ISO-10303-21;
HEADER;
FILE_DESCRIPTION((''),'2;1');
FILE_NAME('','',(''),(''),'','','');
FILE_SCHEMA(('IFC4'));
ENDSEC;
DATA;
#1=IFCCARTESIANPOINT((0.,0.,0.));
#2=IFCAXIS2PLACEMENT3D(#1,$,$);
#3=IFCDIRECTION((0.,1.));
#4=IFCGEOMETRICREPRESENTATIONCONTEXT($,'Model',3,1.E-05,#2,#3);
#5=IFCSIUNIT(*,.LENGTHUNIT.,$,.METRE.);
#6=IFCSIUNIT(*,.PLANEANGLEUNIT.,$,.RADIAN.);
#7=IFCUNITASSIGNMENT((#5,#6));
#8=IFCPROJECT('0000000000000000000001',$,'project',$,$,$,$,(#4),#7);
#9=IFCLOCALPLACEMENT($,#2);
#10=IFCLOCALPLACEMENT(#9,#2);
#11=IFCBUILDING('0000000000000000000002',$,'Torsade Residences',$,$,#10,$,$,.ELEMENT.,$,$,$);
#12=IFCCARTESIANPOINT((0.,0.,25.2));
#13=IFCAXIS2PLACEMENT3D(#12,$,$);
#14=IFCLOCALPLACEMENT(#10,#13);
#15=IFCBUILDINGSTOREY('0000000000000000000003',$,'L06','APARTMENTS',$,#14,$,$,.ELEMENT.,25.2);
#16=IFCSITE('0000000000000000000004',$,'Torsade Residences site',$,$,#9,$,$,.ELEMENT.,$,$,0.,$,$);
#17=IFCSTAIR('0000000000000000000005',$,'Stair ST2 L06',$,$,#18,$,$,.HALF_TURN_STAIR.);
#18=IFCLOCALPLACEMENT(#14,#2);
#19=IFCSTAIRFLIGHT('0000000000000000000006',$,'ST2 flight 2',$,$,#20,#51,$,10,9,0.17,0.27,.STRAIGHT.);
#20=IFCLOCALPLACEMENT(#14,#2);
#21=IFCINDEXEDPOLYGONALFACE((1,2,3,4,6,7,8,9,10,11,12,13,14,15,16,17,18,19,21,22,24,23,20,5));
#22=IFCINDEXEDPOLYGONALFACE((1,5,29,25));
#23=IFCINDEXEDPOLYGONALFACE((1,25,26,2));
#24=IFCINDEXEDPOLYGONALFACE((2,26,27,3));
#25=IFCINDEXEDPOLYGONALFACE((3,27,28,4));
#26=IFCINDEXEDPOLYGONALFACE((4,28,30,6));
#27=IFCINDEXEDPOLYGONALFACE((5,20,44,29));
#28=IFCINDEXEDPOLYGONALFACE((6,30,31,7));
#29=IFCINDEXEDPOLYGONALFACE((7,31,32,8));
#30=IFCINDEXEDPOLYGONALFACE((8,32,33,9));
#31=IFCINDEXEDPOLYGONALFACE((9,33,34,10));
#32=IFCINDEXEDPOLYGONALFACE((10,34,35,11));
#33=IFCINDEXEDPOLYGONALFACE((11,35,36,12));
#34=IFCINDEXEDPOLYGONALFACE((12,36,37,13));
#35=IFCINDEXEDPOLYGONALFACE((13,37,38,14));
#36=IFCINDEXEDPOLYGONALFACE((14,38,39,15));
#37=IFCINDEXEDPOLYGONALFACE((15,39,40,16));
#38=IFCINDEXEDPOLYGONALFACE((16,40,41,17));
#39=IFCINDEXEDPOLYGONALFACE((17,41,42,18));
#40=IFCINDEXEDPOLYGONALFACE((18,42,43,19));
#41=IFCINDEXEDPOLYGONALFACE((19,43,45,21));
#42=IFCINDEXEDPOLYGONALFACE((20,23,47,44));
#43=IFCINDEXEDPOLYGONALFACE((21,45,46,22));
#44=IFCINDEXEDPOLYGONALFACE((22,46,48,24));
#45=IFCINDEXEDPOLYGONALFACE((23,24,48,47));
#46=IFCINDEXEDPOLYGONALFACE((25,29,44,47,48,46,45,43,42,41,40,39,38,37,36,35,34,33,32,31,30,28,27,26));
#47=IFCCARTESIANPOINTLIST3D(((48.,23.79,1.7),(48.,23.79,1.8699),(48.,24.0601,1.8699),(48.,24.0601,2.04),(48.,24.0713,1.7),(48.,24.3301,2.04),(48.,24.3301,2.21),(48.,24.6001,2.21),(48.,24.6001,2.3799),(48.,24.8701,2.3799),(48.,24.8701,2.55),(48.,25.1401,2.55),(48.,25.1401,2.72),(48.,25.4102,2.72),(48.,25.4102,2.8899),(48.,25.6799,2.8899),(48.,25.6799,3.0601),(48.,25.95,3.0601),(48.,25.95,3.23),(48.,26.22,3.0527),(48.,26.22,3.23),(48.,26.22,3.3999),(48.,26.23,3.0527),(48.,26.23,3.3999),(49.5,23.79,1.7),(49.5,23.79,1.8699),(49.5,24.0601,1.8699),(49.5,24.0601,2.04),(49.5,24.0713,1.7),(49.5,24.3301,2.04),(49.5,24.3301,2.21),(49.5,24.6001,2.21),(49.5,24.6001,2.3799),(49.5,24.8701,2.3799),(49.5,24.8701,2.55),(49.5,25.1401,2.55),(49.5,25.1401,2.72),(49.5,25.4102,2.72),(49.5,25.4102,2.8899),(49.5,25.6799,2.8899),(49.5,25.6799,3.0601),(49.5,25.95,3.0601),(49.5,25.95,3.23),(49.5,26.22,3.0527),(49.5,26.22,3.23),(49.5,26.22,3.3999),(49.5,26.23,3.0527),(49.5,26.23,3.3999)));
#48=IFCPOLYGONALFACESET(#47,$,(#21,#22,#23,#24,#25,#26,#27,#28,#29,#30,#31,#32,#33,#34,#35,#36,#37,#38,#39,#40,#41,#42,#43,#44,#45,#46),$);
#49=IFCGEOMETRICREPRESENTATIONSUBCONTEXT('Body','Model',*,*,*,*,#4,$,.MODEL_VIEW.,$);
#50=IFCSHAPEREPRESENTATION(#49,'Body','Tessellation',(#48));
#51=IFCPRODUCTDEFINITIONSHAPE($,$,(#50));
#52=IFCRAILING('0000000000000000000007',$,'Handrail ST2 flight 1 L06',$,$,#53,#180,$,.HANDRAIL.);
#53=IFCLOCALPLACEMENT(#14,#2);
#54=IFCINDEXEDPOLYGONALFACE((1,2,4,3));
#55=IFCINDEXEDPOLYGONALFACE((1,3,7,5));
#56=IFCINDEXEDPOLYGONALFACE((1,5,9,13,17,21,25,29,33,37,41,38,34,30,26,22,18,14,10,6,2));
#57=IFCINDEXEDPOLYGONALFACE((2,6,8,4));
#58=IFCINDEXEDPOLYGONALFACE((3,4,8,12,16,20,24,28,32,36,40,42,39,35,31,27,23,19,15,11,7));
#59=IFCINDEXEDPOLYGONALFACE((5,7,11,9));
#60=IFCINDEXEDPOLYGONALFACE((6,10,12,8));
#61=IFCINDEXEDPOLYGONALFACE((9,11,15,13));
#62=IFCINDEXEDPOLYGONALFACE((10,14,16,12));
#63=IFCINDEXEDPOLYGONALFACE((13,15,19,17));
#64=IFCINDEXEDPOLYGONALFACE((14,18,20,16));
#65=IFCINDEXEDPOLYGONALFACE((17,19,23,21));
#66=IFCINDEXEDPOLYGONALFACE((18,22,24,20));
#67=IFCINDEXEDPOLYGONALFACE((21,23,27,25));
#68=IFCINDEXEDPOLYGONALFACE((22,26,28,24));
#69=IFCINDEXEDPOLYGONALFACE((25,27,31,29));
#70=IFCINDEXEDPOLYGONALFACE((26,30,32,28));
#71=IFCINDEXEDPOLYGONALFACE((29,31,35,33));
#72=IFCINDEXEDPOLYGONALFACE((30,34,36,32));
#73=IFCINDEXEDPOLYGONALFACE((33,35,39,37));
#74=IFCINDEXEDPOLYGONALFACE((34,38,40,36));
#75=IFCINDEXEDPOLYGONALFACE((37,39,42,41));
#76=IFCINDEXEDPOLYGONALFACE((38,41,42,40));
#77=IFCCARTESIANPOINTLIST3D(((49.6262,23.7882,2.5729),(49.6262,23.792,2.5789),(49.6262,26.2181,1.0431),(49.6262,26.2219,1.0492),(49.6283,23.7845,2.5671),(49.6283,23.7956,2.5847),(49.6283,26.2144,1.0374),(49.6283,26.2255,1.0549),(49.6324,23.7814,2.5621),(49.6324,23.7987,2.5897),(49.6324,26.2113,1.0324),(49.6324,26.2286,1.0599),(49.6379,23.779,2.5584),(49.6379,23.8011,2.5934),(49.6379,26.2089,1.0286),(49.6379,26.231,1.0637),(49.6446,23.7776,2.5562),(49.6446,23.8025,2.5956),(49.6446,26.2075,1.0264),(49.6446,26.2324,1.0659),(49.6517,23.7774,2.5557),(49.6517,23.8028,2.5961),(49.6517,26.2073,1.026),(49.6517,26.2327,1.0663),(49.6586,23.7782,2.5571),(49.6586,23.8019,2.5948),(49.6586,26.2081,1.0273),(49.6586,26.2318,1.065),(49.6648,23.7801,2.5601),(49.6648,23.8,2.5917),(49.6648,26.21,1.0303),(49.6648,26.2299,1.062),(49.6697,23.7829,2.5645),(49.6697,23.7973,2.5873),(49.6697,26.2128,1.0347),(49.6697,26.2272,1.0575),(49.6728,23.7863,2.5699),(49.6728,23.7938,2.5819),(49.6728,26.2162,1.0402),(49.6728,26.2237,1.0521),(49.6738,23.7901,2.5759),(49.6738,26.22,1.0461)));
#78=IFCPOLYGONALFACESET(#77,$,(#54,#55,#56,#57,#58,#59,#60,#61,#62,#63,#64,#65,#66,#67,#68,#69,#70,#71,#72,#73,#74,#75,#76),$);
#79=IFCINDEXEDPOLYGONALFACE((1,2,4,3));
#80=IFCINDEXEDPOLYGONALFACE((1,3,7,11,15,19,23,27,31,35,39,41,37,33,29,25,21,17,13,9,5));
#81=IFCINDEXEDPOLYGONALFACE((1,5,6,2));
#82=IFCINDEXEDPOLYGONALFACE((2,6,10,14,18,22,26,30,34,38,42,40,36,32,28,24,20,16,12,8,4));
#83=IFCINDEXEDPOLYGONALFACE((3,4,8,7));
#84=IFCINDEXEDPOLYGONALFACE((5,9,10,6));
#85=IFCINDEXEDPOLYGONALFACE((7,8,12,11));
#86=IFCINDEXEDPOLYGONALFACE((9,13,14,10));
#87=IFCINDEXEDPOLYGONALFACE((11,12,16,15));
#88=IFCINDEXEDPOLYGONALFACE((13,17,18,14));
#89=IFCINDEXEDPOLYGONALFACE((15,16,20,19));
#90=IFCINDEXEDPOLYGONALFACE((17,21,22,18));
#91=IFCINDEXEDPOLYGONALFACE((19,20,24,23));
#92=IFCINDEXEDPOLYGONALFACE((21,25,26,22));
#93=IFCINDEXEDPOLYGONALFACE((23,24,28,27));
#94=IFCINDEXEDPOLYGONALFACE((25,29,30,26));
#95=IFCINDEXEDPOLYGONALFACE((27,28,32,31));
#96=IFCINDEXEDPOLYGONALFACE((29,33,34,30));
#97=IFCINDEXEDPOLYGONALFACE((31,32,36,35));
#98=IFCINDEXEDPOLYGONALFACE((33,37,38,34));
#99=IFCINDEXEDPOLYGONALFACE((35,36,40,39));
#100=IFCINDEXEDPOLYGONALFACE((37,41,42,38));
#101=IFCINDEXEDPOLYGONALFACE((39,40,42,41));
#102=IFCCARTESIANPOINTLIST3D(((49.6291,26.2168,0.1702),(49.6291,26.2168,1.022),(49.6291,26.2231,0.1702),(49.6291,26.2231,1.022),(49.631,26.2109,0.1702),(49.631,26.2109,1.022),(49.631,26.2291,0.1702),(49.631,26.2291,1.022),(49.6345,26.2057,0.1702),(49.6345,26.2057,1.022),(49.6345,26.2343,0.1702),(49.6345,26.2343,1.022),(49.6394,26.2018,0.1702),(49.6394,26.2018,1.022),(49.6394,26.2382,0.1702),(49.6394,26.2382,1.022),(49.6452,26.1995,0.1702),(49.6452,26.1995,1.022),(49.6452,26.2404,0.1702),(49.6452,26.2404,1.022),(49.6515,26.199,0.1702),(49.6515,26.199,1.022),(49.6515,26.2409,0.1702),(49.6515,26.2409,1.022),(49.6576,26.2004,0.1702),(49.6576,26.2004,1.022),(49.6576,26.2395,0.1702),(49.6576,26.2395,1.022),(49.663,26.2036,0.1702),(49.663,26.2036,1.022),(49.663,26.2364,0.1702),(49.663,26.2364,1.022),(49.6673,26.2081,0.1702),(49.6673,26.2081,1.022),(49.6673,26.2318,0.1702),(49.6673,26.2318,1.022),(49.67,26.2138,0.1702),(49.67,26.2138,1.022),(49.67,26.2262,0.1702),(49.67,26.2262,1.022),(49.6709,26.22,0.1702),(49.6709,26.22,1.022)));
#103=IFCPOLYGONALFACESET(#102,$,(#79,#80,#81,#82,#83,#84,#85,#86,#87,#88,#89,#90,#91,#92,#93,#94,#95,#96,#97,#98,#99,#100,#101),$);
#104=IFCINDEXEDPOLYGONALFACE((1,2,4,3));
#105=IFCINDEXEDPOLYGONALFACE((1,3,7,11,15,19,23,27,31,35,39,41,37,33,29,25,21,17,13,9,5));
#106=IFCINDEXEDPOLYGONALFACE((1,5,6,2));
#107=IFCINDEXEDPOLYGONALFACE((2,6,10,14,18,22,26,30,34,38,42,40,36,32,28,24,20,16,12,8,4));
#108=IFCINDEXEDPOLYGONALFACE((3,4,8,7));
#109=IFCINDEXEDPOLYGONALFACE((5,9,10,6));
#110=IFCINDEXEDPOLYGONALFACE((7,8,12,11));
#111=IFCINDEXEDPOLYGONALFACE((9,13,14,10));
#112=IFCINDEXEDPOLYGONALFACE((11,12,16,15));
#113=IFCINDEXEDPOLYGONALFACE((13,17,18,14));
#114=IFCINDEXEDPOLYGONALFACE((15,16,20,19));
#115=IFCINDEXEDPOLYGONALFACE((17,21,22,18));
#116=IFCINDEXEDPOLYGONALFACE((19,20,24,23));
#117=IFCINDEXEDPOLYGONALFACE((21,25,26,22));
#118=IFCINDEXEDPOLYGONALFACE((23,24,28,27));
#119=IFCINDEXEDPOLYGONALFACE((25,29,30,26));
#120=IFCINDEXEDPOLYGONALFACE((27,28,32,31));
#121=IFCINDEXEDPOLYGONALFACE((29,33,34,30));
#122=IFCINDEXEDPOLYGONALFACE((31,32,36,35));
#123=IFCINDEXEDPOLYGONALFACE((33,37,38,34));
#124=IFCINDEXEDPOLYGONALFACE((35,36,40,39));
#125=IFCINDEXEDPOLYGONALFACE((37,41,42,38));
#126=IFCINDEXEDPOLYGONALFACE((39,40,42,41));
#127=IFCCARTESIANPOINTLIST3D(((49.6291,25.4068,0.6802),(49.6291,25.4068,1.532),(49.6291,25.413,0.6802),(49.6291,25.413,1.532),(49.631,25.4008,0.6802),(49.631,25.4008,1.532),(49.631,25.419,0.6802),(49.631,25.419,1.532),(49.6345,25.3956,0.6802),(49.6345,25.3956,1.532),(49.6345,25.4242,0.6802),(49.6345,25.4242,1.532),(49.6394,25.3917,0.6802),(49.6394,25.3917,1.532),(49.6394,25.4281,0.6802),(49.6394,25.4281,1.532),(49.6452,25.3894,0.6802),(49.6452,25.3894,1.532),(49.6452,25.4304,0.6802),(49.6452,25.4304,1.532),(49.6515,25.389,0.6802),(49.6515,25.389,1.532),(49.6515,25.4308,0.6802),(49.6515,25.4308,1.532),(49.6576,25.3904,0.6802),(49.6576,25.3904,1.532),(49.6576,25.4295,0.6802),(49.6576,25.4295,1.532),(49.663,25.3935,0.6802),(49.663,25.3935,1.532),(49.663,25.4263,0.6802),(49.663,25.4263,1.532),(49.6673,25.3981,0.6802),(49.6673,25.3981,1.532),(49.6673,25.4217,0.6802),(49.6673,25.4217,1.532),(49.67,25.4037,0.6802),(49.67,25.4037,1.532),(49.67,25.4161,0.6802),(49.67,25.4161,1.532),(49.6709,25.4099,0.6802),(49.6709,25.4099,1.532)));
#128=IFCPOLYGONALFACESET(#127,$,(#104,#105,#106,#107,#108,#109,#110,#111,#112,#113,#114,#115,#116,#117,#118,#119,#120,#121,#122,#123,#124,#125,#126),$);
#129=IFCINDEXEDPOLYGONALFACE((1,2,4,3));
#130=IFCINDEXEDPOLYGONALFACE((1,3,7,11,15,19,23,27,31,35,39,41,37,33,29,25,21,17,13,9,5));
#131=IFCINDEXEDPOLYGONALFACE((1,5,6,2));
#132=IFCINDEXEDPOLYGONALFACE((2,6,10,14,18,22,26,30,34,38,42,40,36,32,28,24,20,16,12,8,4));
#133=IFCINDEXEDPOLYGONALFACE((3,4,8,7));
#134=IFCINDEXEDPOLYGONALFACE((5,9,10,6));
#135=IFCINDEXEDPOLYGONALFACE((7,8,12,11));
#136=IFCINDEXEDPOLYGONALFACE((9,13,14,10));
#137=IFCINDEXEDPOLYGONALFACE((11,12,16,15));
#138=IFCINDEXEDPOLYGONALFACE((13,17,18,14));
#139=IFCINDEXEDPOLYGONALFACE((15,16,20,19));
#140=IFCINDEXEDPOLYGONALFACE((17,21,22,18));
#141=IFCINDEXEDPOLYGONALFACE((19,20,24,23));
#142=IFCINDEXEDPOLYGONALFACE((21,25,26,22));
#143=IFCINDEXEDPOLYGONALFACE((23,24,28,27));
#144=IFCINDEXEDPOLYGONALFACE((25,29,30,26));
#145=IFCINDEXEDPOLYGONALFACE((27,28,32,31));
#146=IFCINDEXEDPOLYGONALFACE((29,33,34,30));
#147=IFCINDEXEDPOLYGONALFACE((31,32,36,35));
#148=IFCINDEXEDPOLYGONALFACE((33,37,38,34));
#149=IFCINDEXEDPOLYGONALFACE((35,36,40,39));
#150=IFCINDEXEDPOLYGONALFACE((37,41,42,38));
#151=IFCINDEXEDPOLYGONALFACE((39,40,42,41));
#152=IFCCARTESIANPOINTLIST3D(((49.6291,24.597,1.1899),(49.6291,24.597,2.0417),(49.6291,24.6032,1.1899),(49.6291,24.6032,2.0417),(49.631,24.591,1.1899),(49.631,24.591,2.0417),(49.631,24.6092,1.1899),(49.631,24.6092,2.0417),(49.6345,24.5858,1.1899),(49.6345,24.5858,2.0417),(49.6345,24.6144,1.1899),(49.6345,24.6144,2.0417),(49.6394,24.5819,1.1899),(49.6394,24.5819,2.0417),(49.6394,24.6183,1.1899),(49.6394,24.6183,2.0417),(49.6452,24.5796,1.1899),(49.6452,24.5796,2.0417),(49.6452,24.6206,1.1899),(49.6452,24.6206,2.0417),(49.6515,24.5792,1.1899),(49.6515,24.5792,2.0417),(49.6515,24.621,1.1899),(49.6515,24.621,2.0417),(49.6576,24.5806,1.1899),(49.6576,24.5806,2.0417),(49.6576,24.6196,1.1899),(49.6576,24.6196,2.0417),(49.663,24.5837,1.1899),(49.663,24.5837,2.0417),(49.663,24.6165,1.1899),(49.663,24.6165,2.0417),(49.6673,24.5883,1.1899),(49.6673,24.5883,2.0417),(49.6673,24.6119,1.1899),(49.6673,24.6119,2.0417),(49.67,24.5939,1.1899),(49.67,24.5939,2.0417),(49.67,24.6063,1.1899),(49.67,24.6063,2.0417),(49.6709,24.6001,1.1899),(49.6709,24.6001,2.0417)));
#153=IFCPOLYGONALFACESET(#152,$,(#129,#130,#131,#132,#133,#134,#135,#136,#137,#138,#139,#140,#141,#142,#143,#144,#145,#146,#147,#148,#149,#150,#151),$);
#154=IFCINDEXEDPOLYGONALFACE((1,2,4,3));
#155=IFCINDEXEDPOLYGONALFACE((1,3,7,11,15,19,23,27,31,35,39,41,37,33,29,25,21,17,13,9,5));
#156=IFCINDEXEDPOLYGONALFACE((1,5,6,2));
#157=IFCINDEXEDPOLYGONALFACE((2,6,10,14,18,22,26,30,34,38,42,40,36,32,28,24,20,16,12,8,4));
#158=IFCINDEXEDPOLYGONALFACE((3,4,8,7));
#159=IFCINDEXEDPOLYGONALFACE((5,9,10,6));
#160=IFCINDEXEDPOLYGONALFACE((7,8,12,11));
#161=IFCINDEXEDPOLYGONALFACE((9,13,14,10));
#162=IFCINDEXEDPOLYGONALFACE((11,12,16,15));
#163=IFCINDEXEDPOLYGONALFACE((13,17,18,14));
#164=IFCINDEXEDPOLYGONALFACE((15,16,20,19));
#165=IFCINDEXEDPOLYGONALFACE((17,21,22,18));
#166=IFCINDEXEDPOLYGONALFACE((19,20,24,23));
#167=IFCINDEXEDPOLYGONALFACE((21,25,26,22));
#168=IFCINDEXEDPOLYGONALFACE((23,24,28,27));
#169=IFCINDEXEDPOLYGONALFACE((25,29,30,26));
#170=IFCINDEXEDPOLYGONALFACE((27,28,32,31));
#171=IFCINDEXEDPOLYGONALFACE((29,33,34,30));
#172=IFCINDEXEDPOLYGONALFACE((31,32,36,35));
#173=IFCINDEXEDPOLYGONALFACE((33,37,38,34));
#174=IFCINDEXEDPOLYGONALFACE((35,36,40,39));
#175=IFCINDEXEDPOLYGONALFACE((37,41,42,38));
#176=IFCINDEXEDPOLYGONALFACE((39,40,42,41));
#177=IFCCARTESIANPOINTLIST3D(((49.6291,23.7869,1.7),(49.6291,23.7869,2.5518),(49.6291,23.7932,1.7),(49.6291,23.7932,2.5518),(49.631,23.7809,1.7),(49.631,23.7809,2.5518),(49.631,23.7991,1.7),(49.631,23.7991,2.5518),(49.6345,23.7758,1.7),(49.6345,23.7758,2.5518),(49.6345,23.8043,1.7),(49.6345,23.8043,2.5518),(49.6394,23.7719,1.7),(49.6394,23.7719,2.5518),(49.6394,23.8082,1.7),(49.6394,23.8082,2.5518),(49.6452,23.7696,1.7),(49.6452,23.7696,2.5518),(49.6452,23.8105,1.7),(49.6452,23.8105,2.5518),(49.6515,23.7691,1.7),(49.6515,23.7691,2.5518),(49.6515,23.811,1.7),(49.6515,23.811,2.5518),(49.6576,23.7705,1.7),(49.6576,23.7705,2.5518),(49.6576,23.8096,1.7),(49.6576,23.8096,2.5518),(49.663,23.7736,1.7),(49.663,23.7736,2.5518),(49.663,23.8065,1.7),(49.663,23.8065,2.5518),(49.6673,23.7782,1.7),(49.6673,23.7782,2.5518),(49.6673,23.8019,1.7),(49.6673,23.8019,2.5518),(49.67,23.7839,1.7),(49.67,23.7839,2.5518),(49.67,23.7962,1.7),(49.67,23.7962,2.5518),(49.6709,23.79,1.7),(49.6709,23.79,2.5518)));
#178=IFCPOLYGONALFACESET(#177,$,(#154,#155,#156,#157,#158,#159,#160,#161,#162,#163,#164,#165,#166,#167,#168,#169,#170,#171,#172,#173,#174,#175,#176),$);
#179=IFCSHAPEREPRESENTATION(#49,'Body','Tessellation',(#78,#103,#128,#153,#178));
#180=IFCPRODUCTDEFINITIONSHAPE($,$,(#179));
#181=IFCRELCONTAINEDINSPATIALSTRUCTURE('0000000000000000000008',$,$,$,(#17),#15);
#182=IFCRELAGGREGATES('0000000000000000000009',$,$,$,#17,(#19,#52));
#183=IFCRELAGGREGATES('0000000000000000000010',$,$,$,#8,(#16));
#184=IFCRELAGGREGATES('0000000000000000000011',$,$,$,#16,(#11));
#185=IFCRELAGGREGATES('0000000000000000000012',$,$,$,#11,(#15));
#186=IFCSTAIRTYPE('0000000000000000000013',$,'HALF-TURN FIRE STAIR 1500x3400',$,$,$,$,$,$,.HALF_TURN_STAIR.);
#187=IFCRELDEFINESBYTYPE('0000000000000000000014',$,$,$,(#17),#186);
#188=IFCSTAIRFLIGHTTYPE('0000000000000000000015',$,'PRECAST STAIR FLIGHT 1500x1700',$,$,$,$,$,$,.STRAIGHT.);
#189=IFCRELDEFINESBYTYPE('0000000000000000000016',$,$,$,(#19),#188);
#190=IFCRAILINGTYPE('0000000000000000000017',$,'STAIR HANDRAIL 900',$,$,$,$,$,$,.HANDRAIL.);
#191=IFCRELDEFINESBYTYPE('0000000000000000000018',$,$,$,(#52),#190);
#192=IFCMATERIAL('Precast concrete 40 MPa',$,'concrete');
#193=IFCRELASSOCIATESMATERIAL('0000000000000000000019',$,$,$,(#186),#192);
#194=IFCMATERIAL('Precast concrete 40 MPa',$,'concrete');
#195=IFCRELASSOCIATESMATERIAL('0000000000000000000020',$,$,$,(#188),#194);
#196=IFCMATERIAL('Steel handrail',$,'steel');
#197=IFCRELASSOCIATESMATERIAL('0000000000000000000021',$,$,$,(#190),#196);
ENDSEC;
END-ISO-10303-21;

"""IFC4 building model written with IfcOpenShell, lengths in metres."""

from ifc_helpers import new_model, si_unit, direction, frame, origin, origin_2d, place, context, subcontext, project, spatial, polyline, circle, outline, extrude, material, type_object, element, aggregate, save


model = new_model("IFC4")

# Units and contexts
model_context = context("Model", 3, precision=1e-05, world=origin(), true_north=direction((0.0, 1.0)))
body_context = subcontext(model_context, "Body", "Model", "MODEL_VIEW")
ifc_project = project(units=[si_unit("LENGTHUNIT", "METRE"), si_unit("PLANEANGLEUNIT", "RADIAN")], contexts=[model_context])

# Site, building, storey
site_placement = place(None, origin())
site = spatial("IfcSite", under=ifc_project, at=site_placement, Name="Torsade Residences site", CompositionType="ELEMENT", RefElevation=0.0)
building_placement = place(site_placement, origin())
building = spatial("IfcBuilding", under=site, at=building_placement, Name="Torsade Residences", CompositionType="ELEMENT")
storey_placement = place(building_placement, frame((0.0, 0.0, 25.2)))
storey = spatial("IfcBuildingStorey", under=building, at=storey_placement, Name="L06", Description="APARTMENTS", CompositionType="ELEMENT", Elevation=25.2)

# Stair, stair flight, railing
ifc_material_1 = material(Name="Precast concrete 40 MPa", Category="concrete")
stair_type = type_object("IfcStairType", Name="HALF-TURN FIRE STAIR 1500x3400", PredefinedType="HALF_TURN_STAIR", material=ifc_material_1)
stair_placement = place(storey_placement, origin())
stair = element("IfcStair", 1, at=stair_placement, inside=storey, type_object=stair_type, Name="Stair ST2 L06", PredefinedType="HALF_TURN_STAIR")
ifc_material_2 = material(Name="Precast concrete 40 MPa", Category="concrete")
stair_flight_type = type_object("IfcStairFlightType", Name="PRECAST STAIR FLIGHT 1500x1700", PredefinedType="STRAIGHT", material=ifc_material_2)
stair_flight_1_placement = place(storey_placement, frame((48.75, 23.79, 1.7), z_axis=(0.0, 0.0, 1.0), x_axis=(0.0, 1.0, 0.0)))
stair_flight_1 = element("IfcStairFlight", 2, at=stair_flight_1_placement, type_object=stair_flight_type, Name="ST2 flight 2", NumberOfRisers=10, NumberOfTreads=9, PredefinedType="STRAIGHT", RiserHeight=0.17, TreadLength=0.27, context=body_context, shape_type="SweptSolid", body=[
    extrude(outline(polyline([(0.0, 0.0), (0.0, 0.1699), (0.27, 0.1699), (0.27, 0.3401), (0.54, 0.3401), (0.54, 0.51), (0.8101, 0.51), (0.8101, 0.6799), (1.0801, 0.6799), (1.0801, 0.8501), (1.3501, 0.8501), (1.3501, 1.02), (1.6201, 1.02), (1.6201, 1.1899), (1.8899, 1.1899), (1.8899, 1.3601), (2.1599, 1.3601), (2.1599, 1.53), (2.4299, 1.53), (2.4299, 1.7), (2.4399, 1.7), (2.4399, 1.3528), (2.4299, 1.3528), (0.2812, 0.0), (0.0, 0.0)])), frame((0.0, 0.75, 0.0), z_axis=(0.0, -1.0, 0.0), x_axis=(1.0, 0.0, 0.0)), (0.0, 0.0, 1.0), 1.5),
])
ifc_material_3 = material(Name="Steel handrail", Category="steel")
railing_type = type_object("IfcRailingType", Name="STAIR HANDRAIL 900", PredefinedType="HANDRAIL", material=ifc_material_3)
railing_1_placement = place(storey_placement, frame((49.6499, 26.22, 0.1702)))
railing_1 = element("IfcRailing", 3, at=railing_1_placement, type_object=railing_type, Name="Handrail ST2 flight 1 L06", PredefinedType="HANDRAIL", context=body_context, shape_type="SweptSolid", body=[
    extrude(circle(Radius=0.0239, at=origin_2d()), frame((0.0, 0.0, 0.876), z_axis=(0.0, -0.84626, 0.53277), x_axis=(1.0, 0.0, 0.0)), (0.0, 0.0, 1.0), 2.8713),
    extrude(circle(Radius=0.021, at=origin_2d()), origin(), (0.0, 0.0, 1.0), 0.8518),
    extrude(circle(Radius=0.021, at=origin_2d()), frame((0.0, -0.8101, 0.51)), (0.0, 0.0, 1.0), 0.8518),
    extrude(circle(Radius=0.021, at=origin_2d()), frame((0.0, -1.6199, 1.0198)), (0.0, 0.0, 1.0), 0.8518),
    extrude(circle(Radius=0.021, at=origin_2d()), frame((0.0, -2.4299, 1.5298)), (0.0, 0.0, 1.0), 0.8518),
])
aggregate(stair, [stair_flight_1, railing_1])

save(model, "model.ifc")
